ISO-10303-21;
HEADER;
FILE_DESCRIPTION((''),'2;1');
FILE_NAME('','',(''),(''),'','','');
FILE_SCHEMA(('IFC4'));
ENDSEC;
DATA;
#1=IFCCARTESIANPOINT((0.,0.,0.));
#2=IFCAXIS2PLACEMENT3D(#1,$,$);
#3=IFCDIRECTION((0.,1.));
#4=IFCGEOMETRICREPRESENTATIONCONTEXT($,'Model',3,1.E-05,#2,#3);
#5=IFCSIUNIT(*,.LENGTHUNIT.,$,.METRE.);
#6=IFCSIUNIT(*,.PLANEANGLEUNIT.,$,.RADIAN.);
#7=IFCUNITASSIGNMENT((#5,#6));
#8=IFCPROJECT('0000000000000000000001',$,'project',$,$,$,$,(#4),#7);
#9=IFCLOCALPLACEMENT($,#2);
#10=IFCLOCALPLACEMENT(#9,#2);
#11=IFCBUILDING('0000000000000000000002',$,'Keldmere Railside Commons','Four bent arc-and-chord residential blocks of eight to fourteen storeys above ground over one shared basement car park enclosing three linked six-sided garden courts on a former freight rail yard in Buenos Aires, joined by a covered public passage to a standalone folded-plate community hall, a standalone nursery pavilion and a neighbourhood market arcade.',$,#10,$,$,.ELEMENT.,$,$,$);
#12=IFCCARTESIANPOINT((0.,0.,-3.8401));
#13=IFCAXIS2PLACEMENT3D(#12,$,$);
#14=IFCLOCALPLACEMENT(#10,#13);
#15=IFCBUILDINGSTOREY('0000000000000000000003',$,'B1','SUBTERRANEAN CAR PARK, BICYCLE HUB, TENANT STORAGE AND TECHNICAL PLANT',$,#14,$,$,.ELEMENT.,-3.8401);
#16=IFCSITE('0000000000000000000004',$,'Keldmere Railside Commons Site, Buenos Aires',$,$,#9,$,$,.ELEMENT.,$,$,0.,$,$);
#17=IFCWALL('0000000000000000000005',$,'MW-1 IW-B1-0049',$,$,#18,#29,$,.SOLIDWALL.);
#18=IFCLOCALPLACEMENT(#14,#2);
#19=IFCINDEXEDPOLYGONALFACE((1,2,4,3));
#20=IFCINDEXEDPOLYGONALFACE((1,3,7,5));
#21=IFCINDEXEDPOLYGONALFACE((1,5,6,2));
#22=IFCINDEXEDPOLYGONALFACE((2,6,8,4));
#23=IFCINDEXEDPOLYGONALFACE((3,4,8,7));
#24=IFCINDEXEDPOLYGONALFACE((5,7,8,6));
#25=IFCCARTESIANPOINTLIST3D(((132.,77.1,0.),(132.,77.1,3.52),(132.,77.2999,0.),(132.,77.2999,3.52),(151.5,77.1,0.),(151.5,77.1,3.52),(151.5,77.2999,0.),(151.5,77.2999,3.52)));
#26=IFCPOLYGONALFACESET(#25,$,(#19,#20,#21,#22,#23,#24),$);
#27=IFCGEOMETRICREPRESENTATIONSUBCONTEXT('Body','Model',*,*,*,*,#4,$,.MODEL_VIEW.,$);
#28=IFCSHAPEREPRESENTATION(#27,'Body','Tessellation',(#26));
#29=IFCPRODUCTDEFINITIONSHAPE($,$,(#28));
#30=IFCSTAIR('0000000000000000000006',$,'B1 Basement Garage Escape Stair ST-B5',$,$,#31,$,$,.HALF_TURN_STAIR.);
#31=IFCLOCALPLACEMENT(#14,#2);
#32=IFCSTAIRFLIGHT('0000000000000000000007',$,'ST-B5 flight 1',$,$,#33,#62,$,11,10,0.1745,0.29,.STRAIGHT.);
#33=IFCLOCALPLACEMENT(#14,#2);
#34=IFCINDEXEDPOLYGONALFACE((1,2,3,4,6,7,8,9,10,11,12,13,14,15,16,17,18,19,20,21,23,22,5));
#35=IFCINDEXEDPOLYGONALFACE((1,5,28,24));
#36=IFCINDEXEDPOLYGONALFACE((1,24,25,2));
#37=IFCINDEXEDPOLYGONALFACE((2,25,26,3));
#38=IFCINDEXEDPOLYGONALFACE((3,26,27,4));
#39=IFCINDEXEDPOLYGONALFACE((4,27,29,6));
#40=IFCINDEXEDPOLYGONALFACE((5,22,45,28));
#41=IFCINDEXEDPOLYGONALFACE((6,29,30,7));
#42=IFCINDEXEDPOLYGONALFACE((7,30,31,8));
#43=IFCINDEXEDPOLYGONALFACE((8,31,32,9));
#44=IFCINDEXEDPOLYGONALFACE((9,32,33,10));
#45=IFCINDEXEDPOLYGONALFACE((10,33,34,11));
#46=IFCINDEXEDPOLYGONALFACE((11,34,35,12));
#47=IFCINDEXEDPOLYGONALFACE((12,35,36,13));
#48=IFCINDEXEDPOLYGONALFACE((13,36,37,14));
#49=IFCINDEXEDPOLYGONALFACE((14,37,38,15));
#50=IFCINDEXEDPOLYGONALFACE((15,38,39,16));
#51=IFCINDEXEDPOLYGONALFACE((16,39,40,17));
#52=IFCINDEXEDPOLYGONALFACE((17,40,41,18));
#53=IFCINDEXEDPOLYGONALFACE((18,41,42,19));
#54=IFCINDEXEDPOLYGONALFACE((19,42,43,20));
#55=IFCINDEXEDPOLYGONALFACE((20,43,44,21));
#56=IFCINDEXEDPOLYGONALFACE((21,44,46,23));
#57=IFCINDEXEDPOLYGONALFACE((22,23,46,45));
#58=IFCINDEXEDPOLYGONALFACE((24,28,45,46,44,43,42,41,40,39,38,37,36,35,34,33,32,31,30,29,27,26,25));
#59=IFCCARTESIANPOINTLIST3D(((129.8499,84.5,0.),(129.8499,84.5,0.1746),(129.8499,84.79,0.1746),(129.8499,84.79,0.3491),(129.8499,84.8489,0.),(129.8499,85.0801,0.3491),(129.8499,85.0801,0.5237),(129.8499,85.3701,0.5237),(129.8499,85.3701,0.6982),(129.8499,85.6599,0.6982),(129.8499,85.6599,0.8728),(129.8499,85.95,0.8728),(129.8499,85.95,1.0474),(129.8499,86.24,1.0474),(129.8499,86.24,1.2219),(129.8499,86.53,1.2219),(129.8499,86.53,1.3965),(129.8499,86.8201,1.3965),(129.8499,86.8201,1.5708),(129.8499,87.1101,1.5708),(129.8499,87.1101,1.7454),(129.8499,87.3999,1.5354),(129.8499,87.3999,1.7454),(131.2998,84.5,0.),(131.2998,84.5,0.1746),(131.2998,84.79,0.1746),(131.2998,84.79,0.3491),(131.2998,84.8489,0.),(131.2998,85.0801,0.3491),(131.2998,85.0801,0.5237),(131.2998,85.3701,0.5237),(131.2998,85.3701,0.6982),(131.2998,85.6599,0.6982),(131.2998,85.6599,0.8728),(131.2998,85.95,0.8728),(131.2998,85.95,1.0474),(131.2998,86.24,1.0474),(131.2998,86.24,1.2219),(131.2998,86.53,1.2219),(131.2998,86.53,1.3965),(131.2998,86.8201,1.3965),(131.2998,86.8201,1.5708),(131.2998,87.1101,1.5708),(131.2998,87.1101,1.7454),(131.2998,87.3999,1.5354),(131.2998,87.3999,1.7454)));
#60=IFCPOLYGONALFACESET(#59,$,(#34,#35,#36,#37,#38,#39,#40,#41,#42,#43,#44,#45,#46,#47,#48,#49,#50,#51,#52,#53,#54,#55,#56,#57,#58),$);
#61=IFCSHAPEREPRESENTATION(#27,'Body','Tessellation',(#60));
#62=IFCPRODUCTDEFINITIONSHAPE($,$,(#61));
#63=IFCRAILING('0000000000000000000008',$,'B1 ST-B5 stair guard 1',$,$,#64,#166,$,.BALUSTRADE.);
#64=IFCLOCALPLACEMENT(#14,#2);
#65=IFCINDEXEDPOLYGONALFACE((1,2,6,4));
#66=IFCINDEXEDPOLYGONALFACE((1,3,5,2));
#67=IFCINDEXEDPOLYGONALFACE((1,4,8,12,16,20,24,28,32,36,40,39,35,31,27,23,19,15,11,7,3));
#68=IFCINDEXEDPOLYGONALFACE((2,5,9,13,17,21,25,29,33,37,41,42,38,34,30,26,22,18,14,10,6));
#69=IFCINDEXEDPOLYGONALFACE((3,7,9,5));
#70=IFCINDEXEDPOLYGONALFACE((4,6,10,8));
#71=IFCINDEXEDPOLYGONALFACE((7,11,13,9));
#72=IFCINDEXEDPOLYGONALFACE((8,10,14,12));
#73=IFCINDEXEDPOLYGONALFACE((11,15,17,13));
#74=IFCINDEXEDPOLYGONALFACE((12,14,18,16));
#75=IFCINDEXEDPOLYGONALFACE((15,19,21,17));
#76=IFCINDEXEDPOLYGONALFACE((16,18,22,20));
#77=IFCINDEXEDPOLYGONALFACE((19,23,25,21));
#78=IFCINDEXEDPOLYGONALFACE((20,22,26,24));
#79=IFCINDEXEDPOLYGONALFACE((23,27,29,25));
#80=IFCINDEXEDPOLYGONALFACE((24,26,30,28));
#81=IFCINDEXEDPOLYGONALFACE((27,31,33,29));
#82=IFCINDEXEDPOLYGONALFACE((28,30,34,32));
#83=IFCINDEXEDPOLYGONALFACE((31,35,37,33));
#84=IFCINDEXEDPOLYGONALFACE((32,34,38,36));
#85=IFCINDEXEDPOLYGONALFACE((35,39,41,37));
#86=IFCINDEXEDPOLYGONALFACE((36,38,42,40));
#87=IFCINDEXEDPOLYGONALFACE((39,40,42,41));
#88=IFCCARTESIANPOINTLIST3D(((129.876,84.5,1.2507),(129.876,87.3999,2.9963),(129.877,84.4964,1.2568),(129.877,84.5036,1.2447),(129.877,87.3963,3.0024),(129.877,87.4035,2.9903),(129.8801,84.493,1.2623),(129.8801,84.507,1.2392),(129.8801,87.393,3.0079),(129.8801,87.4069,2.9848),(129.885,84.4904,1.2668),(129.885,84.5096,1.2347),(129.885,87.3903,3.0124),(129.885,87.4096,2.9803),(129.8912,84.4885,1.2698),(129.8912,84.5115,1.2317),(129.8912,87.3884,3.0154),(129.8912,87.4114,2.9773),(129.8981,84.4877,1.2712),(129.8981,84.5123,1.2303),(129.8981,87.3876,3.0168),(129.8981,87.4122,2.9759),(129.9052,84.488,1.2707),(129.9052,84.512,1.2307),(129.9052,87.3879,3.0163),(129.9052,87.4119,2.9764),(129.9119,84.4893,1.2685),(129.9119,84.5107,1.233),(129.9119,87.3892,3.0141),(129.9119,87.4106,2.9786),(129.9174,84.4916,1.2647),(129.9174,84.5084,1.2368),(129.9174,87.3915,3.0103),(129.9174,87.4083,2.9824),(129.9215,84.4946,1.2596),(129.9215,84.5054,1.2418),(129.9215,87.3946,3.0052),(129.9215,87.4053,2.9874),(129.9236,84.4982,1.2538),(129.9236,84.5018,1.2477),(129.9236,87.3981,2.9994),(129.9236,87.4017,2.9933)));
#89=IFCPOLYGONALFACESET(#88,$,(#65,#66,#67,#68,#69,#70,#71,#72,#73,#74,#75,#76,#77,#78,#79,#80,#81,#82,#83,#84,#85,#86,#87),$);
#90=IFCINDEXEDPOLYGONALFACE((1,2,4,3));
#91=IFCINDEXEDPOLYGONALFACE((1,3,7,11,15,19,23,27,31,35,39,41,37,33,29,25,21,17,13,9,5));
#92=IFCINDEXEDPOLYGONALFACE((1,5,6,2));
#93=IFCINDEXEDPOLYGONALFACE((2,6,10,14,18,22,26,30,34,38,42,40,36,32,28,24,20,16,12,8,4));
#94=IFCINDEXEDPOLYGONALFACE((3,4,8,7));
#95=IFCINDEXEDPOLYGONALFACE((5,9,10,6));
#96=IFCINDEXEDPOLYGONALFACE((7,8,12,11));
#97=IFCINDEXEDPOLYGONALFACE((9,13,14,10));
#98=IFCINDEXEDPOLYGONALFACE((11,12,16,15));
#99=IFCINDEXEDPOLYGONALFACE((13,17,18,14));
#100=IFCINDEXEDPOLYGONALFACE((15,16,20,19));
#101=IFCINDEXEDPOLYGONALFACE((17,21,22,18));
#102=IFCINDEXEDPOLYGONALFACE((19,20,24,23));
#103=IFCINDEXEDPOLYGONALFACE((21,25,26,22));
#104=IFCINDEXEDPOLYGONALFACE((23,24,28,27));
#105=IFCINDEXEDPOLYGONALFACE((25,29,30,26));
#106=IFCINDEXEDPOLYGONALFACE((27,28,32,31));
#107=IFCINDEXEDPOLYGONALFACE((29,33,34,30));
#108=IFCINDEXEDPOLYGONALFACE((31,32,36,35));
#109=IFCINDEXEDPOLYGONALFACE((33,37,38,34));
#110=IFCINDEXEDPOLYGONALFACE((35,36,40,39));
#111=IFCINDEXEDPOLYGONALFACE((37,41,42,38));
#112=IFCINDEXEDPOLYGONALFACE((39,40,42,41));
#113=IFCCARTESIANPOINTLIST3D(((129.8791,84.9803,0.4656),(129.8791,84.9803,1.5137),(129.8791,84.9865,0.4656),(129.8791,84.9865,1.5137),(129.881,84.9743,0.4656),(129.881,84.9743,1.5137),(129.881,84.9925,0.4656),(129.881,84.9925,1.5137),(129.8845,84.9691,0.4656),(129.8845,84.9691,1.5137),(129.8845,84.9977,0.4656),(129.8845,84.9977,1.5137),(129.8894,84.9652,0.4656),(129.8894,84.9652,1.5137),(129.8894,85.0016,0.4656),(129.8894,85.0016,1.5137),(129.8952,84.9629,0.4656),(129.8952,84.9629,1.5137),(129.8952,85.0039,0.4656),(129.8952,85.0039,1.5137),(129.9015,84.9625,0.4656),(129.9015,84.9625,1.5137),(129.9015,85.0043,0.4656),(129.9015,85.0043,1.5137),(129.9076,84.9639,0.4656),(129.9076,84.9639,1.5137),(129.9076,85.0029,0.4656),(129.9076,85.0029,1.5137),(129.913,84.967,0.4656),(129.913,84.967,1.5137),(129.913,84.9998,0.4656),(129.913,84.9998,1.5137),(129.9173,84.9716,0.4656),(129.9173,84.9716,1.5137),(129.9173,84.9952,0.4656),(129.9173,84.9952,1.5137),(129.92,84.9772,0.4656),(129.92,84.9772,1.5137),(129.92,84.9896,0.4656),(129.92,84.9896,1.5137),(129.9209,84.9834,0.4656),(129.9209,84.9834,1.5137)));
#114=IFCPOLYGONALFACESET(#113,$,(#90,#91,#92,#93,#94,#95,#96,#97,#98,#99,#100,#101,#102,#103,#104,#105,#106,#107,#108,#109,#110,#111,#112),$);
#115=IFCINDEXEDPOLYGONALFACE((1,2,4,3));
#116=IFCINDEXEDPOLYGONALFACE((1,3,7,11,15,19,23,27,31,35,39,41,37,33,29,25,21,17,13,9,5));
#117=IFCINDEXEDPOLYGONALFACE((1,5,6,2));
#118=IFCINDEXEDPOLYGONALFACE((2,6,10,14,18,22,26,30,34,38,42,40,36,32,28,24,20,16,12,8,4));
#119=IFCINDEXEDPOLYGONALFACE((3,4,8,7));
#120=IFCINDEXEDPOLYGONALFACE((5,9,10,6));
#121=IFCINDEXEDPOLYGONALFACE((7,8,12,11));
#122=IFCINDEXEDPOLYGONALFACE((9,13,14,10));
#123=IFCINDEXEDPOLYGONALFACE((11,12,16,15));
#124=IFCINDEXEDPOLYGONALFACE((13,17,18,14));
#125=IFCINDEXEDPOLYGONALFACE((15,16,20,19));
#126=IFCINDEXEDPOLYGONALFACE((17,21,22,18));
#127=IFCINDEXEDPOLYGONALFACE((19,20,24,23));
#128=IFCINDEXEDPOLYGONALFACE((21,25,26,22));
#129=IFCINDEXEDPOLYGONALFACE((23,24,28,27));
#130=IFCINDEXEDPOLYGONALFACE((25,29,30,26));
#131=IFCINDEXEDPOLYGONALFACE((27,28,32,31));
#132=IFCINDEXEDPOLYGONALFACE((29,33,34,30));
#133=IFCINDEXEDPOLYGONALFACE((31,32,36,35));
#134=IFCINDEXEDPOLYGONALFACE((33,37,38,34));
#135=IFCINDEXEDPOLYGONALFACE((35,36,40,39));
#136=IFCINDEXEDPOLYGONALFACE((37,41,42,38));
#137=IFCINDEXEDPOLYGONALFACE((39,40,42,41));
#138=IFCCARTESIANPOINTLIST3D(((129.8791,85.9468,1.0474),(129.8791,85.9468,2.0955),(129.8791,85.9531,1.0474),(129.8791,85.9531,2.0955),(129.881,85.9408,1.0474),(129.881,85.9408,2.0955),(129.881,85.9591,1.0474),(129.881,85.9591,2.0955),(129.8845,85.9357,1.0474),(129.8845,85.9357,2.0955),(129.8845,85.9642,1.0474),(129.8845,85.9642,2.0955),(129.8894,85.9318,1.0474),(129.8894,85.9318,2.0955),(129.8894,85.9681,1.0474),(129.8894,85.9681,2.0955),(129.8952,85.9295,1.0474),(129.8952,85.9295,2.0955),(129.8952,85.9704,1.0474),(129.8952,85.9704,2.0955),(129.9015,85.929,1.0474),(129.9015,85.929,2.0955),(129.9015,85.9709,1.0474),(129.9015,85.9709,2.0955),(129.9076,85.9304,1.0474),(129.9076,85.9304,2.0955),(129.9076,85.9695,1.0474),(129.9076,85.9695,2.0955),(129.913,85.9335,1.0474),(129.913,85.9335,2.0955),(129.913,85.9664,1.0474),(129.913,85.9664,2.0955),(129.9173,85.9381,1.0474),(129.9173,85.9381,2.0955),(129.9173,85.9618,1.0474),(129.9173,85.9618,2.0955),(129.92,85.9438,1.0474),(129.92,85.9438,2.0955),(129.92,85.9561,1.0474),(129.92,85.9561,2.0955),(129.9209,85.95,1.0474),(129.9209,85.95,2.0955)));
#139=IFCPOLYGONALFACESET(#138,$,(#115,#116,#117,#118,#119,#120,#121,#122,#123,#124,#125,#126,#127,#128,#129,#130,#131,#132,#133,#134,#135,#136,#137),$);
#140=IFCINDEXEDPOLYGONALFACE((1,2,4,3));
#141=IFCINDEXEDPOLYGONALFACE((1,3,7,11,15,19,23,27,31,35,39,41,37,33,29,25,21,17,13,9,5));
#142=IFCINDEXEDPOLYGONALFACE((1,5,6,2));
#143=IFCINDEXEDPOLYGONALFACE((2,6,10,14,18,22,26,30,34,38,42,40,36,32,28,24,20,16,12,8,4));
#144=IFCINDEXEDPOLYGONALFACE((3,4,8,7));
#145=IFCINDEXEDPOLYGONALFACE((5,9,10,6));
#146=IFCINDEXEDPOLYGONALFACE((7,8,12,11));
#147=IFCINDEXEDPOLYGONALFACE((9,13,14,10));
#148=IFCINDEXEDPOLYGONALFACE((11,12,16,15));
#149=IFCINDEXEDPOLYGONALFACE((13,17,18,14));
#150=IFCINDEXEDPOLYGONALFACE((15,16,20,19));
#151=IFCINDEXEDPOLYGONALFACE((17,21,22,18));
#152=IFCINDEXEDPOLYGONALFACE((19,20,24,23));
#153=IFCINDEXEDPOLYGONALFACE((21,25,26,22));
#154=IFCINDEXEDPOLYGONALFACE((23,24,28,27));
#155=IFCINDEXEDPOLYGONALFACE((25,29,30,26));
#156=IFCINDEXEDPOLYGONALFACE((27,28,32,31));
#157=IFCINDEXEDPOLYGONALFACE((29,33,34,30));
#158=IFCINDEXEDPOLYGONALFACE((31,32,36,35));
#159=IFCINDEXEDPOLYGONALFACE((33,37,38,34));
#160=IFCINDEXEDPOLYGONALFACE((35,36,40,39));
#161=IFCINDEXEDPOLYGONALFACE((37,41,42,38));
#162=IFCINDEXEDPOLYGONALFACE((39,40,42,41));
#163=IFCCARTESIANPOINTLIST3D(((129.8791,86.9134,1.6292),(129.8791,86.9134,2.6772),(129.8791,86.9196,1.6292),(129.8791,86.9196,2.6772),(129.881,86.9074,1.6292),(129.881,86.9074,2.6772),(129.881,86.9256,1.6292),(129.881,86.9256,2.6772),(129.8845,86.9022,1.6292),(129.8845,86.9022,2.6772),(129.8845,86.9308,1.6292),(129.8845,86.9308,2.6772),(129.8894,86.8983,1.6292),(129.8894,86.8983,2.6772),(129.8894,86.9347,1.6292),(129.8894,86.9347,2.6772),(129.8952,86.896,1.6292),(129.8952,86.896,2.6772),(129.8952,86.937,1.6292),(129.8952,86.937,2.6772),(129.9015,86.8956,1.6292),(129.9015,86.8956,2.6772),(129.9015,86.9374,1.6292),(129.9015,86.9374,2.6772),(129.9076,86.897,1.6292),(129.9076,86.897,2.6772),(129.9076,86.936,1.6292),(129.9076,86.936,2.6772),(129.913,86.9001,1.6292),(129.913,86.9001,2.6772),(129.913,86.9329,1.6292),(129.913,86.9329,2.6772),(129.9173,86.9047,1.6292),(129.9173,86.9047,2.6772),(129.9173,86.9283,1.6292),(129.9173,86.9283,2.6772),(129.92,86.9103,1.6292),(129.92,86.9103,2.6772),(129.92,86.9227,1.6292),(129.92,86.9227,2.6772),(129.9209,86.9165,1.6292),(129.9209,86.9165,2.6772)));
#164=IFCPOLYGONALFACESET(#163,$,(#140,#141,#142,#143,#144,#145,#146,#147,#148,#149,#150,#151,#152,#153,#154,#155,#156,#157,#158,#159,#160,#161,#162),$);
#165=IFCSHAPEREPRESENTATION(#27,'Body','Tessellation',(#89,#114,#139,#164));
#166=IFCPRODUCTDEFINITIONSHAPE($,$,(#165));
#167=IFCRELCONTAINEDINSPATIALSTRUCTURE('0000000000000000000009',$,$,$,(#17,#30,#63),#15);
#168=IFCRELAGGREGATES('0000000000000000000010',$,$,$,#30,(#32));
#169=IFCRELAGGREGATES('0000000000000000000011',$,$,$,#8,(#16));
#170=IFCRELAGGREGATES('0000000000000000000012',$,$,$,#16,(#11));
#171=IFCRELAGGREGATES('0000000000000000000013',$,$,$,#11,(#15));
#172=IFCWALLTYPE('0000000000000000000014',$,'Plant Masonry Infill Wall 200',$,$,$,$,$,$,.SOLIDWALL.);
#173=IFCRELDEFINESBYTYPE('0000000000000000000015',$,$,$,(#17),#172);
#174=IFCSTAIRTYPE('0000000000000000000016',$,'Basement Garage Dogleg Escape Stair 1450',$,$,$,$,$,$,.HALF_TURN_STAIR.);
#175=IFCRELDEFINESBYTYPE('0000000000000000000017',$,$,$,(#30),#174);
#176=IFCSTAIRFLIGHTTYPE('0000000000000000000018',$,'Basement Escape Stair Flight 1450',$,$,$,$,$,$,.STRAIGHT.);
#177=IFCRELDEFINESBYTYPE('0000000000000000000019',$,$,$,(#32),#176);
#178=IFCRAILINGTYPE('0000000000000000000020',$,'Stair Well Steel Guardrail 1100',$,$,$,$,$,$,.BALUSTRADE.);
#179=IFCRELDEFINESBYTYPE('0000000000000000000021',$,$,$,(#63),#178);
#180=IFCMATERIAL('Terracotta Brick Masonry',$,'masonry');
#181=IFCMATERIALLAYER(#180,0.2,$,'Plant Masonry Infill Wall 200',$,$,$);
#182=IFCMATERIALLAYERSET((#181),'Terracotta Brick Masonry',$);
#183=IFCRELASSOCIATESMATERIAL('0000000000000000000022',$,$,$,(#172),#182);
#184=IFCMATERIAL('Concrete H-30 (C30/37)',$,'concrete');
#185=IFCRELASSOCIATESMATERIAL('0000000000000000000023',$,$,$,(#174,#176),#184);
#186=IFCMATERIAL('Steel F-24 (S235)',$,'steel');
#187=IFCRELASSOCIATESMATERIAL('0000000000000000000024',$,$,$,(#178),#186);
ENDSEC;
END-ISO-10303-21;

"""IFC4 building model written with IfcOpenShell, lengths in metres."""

from ifc_helpers import new_model, si_unit, direction, frame, frame_2d, origin, origin_2d, place, context, subcontext, project, spatial, polyline, rectangle, circle, outline, extrude, material, layer, layer_set, type_object, element, aggregate, save


model = new_model("IFC4")

# Units and contexts
model_context = context("Model", 3, precision=1e-05, world=origin(), true_north=direction((0.0, 1.0)))
body_context = subcontext(model_context, "Body", "Model", "MODEL_VIEW")
ifc_project = project(units=[si_unit("LENGTHUNIT", "METRE"), si_unit("PLANEANGLEUNIT", "RADIAN")], contexts=[model_context])

# Site, building, storey
site_placement = place(None, origin())
site = spatial("IfcSite", under=ifc_project, at=site_placement, Name="Keldmere Railside Commons Site, Buenos Aires", CompositionType="ELEMENT", RefElevation=0.0)
building_placement = place(site_placement, origin())
building = spatial("IfcBuilding", under=site, at=building_placement, Name="Keldmere Railside Commons", Description="Four bent arc-and-chord residential blocks of eight to fourteen storeys above ground over one shared basement car park enclosing three linked six-sided garden courts on a former freight rail yard in Buenos Aires, joined by a covered public passage to a standalone folded-plate community hall, a standalone nursery pavilion and a neighbourhood market arcade.", CompositionType="ELEMENT")
storey_placement = place(building_placement, frame((0.0, 0.0, -3.8401)))
storey = spatial("IfcBuildingStorey", under=building, at=storey_placement, Name="B1", Description="SUBTERRANEAN CAR PARK, BICYCLE HUB, TENANT STORAGE AND TECHNICAL PLANT", CompositionType="ELEMENT", Elevation=-3.8401)

# Shared definitions
ifc_material_1 = material(Name="Concrete H-30 (C30/37)", Category="concrete")

# Shared definitions
ifc_material_2 = material(Name="Steel F-24 (S235)", Category="steel")

# Wall
ifc_material_3 = material(Name="Terracotta Brick Masonry", Category="masonry")
ifc_layer_1 = layer(ifc_material_3, 0.2, Name="Plant Masonry Infill Wall 200")
ifc_layer_set_1 = layer_set([ifc_layer_1], Name="Terracotta Brick Masonry")
wall_type_1 = type_object("IfcWallType", Name="Plant Masonry Infill Wall 200", PredefinedType="SOLIDWALL", material=ifc_layer_set_1)
wall_1_placement = place(storey_placement, frame((132.0, 77.2, 0.0), z_axis=(0.0, 0.0, 1.0), x_axis=(1.0, 0.0, 0.0)))
element("IfcWall", 1, at=wall_1_placement, inside=storey, type_object=wall_type_1, Name="MW-1 IW-B1-0049", PredefinedType="SOLIDWALL", context=body_context, shape_type="SweptSolid", body=[
    extrude(rectangle(XDim=19.5, YDim=0.2, at=frame_2d((9.75, 0.0))), origin(), (0.0, 0.0, 1.0), 3.52),
])

# Stair, stair flight
stair_type = type_object("IfcStairType", Name="Basement Garage Dogleg Escape Stair 1450", PredefinedType="HALF_TURN_STAIR", material=ifc_material_1)
stair_placement = place(storey_placement, origin())
stair = element("IfcStair", 2, at=stair_placement, inside=storey, type_object=stair_type, Name="B1 Basement Garage Escape Stair ST-B5", PredefinedType="HALF_TURN_STAIR")
stair_flight_type = type_object("IfcStairFlightType", Name="Basement Escape Stair Flight 1450", PredefinedType="STRAIGHT", material=ifc_material_1)
stair_flight_placement = place(storey_placement, frame((130.575, 84.5, 0.0), z_axis=(0.0, 0.0, 1.0), x_axis=(0.0, 1.0, 0.0)))
stair_flight = element("IfcStairFlight", 3, at=stair_flight_placement, type_object=stair_flight_type, Name="ST-B5 flight 1", NumberOfRisers=11, NumberOfTreads=10, PredefinedType="STRAIGHT", RiserHeight=0.1745, TreadLength=0.29, context=body_context, shape_type="SweptSolid", body=[
    extrude(outline(polyline([(0.0, 0.0), (0.0, 0.1746), (0.29, 0.1746), (0.29, 0.3491), (0.5801, 0.3491), (0.5801, 0.5237), (0.8701, 0.5237), (0.8701, 0.6982), (1.1599, 0.6982), (1.1599, 0.8728), (1.45, 0.8728), (1.45, 1.0474), (1.74, 1.0474), (1.74, 1.2219), (2.03, 1.2219), (2.03, 1.3965), (2.3201, 1.3965), (2.3201, 1.5708), (2.6101, 1.5708), (2.6101, 1.7454), (2.8999, 1.7454), (2.8999, 1.9199), (2.8999, 1.5354), (0.3489, 0.0), (0.0, 0.0)])), frame((0.0, 0.7251, 0.0), z_axis=(0.0, -1.0, 0.0), x_axis=(1.0, 0.0, 0.0)), (0.0, 0.0, 1.0), 1.45),
])
aggregate(stair, [stair_flight])

# Railing
railing_type_1 = type_object("IfcRailingType", Name="Stair Well Steel Guardrail 1100", PredefinedType="BALUSTRADE", material=ifc_material_2)
railing_1_placement = place(storey_placement, frame((129.8999, 84.5, 0.1746)))
element("IfcRailing", 4, at=railing_1_placement, inside=storey, type_object=railing_type_1, Name="B1 ST-B5 stair guard 1", PredefinedType="BALUSTRADE", context=body_context, shape_type="SweptSolid", body=[
    extrude(circle(Radius=0.0239, at=origin_2d()), frame((0.0, 0.0, 1.0762), z_axis=(0.0, 0.856754, 0.515726), x_axis=(-1.0, 0.0, 0.0)), (0.0, 0.0, 1.0), 3.3848),
    extrude(circle(Radius=0.021, at=origin_2d()), frame((0.0, 0.4834, 0.291)), (0.0, 0.0, 1.0), 1.0481),
    extrude(circle(Radius=0.021, at=origin_2d()), frame((0.0, 1.45, 0.8728)), (0.0, 0.0, 1.0), 1.0481),
    extrude(circle(Radius=0.021, at=origin_2d()), frame((0.0, 2.4165, 1.4546)), (0.0, 0.0, 1.0), 1.0481),
])

save(model, "model.ifc")
